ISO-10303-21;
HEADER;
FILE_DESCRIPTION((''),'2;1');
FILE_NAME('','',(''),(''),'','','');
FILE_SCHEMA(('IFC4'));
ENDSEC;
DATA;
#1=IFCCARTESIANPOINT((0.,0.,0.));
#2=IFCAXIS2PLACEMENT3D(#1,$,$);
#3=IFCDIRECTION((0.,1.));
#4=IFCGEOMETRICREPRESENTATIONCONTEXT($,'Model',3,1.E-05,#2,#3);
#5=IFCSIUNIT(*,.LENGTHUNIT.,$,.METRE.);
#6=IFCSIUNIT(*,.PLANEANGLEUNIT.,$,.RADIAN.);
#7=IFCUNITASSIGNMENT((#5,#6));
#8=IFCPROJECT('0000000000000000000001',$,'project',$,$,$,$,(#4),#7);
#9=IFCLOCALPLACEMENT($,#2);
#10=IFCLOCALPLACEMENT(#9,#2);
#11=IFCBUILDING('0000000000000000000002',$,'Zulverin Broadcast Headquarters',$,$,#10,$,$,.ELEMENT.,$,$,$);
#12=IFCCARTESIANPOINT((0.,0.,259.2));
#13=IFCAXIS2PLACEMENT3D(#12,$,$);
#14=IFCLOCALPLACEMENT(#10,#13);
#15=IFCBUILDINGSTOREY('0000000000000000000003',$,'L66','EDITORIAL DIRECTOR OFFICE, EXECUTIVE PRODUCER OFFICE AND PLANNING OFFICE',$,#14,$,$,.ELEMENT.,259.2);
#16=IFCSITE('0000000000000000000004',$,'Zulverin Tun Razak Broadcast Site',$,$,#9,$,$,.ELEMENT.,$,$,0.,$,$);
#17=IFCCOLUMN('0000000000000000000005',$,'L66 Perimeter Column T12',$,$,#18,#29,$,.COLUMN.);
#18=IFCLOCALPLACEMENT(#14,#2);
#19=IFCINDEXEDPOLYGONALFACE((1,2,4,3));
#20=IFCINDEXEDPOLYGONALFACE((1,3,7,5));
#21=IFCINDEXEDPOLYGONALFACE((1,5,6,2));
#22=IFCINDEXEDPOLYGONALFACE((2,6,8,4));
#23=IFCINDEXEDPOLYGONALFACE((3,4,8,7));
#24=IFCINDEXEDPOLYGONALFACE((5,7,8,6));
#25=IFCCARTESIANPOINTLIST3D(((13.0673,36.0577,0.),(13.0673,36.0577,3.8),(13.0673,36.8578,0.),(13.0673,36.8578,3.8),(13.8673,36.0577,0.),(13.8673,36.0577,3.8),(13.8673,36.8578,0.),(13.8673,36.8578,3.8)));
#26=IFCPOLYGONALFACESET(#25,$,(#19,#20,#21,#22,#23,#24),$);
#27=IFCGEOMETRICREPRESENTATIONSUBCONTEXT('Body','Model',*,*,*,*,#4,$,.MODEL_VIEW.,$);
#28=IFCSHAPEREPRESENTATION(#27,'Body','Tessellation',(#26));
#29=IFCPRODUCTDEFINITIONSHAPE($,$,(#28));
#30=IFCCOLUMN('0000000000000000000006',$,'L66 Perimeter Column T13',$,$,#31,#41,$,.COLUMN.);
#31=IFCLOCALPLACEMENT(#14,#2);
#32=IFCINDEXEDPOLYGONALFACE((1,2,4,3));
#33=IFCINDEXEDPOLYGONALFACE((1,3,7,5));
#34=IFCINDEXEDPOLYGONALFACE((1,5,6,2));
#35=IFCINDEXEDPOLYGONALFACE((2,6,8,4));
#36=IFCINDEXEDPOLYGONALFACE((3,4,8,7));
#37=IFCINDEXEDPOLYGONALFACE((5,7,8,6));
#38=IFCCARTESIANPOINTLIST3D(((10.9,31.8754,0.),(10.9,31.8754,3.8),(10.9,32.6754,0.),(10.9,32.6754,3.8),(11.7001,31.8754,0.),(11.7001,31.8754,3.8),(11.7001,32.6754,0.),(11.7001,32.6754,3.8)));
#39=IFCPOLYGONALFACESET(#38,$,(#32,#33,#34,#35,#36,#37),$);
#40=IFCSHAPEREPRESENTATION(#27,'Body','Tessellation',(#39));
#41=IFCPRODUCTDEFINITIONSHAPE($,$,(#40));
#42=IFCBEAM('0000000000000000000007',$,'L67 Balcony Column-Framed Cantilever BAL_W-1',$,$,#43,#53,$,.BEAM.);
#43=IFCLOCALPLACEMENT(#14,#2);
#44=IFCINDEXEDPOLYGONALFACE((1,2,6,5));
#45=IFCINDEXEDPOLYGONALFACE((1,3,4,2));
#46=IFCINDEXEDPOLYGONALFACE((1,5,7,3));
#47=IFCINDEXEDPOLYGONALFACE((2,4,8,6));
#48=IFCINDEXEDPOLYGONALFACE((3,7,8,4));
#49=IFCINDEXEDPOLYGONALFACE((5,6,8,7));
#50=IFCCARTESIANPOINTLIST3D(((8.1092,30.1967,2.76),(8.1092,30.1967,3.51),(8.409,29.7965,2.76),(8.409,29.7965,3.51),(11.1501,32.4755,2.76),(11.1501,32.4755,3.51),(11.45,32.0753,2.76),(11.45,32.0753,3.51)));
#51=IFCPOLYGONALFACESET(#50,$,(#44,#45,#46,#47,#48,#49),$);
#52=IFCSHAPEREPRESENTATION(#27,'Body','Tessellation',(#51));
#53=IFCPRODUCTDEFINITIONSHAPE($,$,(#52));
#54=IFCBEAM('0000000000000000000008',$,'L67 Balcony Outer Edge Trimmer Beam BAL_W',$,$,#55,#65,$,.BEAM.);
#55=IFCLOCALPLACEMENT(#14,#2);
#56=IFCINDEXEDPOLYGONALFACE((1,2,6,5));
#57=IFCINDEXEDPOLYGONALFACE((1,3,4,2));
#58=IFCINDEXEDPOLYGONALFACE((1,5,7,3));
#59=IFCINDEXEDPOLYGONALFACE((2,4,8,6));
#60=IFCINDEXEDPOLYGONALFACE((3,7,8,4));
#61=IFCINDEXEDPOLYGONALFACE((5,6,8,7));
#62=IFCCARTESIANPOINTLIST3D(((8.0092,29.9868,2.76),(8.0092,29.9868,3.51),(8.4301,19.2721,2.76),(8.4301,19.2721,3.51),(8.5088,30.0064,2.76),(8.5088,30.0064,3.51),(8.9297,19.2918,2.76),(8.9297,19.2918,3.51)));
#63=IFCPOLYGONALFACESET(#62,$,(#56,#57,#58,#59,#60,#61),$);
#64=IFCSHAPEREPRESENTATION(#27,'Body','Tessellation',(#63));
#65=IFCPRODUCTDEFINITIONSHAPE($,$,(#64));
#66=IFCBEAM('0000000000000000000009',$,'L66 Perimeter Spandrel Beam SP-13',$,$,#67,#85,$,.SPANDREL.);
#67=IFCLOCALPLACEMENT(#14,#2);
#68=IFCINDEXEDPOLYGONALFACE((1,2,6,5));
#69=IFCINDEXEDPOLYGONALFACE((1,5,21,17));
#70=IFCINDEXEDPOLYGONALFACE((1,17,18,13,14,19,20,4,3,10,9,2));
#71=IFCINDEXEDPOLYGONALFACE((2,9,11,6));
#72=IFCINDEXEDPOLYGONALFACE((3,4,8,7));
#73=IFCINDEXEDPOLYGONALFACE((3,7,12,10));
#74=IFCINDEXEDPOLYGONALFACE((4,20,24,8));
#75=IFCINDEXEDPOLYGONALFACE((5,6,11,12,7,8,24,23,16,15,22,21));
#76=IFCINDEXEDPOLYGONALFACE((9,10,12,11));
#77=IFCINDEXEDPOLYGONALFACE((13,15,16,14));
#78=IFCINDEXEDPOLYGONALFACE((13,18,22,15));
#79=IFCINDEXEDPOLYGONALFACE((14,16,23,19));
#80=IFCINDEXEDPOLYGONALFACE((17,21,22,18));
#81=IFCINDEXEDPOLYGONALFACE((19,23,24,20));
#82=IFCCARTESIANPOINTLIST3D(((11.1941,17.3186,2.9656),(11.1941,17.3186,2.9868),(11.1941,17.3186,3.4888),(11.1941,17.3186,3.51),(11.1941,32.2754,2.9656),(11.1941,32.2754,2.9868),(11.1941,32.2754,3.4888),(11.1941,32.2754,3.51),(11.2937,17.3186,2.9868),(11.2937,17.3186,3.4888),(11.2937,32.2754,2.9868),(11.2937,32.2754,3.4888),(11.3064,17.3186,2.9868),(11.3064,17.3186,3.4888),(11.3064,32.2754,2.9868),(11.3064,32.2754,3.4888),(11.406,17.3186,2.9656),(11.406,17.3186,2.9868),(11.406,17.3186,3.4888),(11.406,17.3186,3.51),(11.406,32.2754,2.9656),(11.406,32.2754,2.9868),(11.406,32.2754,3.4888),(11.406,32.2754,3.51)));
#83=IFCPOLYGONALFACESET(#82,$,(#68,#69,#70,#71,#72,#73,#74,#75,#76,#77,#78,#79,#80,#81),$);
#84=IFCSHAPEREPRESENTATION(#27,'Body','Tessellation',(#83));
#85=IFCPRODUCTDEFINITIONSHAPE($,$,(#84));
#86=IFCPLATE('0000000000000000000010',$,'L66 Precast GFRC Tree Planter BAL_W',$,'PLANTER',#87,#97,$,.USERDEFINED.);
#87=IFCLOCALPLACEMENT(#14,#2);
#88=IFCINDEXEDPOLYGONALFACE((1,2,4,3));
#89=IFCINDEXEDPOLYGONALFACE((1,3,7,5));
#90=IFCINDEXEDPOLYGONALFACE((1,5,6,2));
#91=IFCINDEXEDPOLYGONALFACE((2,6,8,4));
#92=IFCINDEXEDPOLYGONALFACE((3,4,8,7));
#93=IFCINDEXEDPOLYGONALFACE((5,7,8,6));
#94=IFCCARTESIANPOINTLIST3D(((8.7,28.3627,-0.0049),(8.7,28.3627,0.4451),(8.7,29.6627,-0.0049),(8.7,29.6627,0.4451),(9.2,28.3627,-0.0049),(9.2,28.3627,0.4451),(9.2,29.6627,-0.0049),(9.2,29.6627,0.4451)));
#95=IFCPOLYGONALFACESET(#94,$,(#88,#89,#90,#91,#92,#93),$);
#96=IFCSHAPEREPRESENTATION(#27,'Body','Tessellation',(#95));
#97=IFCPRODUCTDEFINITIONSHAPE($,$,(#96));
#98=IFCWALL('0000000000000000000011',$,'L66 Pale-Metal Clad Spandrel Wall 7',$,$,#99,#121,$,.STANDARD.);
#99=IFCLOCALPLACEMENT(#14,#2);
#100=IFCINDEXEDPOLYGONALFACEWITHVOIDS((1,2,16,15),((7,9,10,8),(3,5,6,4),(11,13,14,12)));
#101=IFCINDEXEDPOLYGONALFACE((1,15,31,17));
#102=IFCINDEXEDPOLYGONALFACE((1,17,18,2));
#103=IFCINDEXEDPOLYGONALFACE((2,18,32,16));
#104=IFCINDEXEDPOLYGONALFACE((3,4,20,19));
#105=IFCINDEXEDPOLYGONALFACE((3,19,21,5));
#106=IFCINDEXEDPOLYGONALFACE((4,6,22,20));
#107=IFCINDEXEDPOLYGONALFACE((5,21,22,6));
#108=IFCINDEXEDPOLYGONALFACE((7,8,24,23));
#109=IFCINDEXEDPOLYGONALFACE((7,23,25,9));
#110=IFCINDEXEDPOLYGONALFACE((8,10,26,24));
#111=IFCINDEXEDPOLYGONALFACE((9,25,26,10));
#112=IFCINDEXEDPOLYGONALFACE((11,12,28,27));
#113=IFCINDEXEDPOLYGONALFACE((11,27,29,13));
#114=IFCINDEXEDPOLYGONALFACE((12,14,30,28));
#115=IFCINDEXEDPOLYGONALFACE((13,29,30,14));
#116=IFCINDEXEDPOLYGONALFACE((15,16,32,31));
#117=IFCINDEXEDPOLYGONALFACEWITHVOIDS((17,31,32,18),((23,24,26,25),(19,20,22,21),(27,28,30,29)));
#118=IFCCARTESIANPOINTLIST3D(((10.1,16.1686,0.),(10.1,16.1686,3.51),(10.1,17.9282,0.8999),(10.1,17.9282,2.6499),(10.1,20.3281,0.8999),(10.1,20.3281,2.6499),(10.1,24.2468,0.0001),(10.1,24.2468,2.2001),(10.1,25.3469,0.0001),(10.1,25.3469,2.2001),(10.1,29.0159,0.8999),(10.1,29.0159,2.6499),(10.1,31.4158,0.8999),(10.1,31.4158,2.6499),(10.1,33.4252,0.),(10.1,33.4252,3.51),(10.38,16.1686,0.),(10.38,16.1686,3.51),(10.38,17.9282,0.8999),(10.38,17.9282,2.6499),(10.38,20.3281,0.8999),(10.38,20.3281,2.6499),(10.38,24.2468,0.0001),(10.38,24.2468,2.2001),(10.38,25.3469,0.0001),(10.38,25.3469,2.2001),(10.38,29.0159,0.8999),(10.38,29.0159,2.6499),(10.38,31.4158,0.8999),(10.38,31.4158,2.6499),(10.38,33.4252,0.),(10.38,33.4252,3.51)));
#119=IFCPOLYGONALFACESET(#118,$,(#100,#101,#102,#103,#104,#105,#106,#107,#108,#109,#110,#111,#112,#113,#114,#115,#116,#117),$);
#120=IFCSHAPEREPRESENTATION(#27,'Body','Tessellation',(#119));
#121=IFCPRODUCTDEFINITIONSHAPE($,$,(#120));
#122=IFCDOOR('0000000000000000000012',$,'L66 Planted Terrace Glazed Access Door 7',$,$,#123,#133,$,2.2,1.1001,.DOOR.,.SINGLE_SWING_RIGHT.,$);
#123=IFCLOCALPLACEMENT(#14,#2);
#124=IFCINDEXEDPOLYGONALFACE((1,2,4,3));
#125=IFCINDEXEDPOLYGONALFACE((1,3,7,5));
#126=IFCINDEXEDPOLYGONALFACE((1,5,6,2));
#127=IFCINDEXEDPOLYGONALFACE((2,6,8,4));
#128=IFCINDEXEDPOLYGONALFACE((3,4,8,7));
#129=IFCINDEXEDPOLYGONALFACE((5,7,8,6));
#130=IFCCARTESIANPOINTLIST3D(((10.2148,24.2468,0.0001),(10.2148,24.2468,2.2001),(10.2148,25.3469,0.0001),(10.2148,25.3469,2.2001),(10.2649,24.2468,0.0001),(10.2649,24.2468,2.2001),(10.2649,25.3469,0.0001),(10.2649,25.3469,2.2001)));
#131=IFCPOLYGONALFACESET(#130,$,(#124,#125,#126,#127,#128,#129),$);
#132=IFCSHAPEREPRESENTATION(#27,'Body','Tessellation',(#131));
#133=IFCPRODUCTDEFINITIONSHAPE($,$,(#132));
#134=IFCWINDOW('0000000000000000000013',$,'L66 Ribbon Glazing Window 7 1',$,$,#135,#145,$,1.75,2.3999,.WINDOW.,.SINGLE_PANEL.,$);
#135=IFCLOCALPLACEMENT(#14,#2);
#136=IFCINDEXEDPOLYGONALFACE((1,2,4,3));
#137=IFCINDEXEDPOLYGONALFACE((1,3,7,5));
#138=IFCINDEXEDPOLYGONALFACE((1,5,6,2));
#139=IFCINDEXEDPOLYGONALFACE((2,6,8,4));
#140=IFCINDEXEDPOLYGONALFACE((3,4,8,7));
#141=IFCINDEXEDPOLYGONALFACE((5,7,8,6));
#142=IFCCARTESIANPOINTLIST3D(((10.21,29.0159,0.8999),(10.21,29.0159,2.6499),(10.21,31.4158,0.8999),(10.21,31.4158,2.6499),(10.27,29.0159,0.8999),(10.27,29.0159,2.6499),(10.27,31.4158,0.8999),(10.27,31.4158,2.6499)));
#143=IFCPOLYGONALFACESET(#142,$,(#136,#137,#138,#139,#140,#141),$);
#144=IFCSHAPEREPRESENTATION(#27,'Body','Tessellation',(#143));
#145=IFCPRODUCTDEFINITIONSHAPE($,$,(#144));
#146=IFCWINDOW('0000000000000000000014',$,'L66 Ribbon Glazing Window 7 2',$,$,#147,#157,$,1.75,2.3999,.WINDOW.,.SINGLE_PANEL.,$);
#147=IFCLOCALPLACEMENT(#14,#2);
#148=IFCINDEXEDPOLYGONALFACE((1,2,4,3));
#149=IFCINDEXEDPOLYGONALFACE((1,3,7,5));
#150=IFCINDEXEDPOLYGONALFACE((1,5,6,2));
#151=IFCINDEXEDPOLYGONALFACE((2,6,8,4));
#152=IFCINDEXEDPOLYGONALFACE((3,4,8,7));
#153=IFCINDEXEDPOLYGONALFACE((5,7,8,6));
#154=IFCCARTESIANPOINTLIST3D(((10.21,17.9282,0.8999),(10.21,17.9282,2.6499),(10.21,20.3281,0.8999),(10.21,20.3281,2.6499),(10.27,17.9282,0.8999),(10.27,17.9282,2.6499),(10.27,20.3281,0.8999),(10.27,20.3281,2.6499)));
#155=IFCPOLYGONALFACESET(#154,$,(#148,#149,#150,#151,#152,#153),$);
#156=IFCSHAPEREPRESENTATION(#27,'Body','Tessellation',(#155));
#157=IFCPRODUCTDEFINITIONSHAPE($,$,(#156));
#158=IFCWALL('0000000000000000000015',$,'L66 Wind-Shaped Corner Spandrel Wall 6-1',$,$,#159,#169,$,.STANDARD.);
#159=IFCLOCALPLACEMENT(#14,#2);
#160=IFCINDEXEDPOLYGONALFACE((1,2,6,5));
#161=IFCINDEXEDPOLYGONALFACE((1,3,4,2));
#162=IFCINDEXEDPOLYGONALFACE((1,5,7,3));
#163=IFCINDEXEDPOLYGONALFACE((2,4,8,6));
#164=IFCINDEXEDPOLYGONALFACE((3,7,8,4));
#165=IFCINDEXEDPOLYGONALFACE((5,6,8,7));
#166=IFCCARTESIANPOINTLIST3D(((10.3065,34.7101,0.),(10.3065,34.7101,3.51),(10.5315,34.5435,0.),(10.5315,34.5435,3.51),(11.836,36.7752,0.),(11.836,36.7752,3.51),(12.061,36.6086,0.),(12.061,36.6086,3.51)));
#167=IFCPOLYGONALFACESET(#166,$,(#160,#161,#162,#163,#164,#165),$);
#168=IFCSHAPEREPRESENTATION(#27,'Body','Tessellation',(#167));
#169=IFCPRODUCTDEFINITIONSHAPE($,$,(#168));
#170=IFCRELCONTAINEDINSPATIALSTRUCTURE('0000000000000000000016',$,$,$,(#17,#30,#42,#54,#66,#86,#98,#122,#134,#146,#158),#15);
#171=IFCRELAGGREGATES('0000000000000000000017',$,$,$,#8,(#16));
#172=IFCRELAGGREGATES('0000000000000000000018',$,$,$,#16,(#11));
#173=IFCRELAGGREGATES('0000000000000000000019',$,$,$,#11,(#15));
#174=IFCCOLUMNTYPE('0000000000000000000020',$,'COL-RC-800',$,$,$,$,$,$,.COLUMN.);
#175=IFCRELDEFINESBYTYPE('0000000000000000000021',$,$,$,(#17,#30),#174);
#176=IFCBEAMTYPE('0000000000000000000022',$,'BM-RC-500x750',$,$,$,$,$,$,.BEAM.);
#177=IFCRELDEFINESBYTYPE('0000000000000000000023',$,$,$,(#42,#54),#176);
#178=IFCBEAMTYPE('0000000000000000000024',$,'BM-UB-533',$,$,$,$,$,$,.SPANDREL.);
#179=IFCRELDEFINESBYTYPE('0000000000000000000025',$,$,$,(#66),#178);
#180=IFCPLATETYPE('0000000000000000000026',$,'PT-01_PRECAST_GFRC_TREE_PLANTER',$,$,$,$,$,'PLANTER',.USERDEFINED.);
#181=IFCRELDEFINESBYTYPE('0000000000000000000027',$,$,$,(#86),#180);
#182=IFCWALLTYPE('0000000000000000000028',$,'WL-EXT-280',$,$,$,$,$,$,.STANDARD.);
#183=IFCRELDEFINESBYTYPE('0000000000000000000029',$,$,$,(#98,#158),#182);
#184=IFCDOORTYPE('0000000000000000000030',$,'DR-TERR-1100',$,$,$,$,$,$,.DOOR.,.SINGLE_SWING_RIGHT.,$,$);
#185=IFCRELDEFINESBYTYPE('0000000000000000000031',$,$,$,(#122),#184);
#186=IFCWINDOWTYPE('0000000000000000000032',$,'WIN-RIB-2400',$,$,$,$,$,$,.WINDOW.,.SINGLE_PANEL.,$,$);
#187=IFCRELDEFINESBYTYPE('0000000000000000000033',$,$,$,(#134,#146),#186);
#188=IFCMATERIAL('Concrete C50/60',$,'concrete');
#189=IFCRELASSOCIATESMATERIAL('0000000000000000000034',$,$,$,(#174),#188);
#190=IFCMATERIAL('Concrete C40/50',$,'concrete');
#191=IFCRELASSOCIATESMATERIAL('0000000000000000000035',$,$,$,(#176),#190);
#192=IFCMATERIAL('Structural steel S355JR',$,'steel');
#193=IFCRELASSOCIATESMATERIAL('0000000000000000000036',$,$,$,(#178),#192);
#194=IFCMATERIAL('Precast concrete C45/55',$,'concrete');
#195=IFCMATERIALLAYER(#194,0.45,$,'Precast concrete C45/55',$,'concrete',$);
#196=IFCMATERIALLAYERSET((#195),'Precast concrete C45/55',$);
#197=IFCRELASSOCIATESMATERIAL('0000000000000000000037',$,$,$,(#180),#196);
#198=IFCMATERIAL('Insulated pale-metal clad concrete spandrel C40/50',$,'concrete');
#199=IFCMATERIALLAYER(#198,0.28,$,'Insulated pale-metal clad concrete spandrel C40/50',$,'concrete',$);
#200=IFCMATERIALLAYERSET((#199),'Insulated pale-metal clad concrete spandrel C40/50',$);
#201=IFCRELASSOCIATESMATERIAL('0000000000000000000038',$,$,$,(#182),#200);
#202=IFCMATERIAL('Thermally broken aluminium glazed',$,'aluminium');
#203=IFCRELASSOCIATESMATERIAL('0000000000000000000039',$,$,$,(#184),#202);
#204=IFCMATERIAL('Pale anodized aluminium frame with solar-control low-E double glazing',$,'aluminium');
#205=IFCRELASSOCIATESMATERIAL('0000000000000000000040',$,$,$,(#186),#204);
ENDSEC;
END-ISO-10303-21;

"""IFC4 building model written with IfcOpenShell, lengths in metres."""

from ifc_helpers import new_model, si_unit, direction, frame, frame_2d, origin, origin_2d, place, context, subcontext, project, spatial, rectangle, i_section, extrude, material, layer, layer_set, material_profile, profile_set, type_object, element, fill, save


model = new_model("IFC4")

# Units and contexts
model_context = context("Model", 3, precision=1e-05, world=origin(), true_north=direction((0.0, 1.0)))
body_context = subcontext(model_context, "Body", "Model", "MODEL_VIEW")
ifc_project = project(units=[si_unit("LENGTHUNIT", "METRE"), si_unit("PLANEANGLEUNIT", "RADIAN")], contexts=[model_context])

# Site, building, storey
site_placement = place(None, origin())
site = spatial("IfcSite", under=ifc_project, at=site_placement, Name="Zulverin Tun Razak Broadcast Site", CompositionType="ELEMENT", RefElevation=0.0)
building_placement = place(site_placement, origin())
building = spatial("IfcBuilding", under=site, at=building_placement, Name="Zulverin Broadcast Headquarters", CompositionType="ELEMENT")
storey_placement = place(building_placement, frame((0.0, 0.0, 259.2)))
storey = spatial("IfcBuildingStorey", under=building, at=storey_placement, Name="L66", Description="EDITORIAL DIRECTOR OFFICE, EXECUTIVE PRODUCER OFFICE AND PLANNING OFFICE", CompositionType="ELEMENT", Elevation=259.2)

# Columns
ifc_material_1 = material(Name="Concrete C50/60", Category="concrete")
ifc_material_profile_1 = material_profile(ifc_material_1, rectangle(XDim=0.8, YDim=0.8, at=origin_2d()), Name="Concrete C50/60", Category="concrete")
ifc_profile_set_1 = profile_set([ifc_material_profile_1], Name="Concrete C50/60")
column_type = type_object("IfcColumnType", Name="COL-RC-800", PredefinedType="COLUMN", material=ifc_profile_set_1)
for number, where, z_axis, x_axis, name in (
    (1, (13.4673, 36.4578, 0.0), (0.0, 0.0, 1.0), (1.0, 0.0, 0.0), "L66 Perimeter Column T12"),
    (2, (11.3, 32.2754, 0.0), (0.0, 0.0, 1.0), (1.0, 0.0, 0.0), "L66 Perimeter Column T13"),
):
    element("IfcColumn", number, at=place(storey_placement, frame(where, z_axis=z_axis, x_axis=x_axis)), inside=storey, type_object=column_type, Name=name, PredefinedType="COLUMN", context=body_context, shape_type="SweptSolid", body=[
        extrude(rectangle(XDim=0.8, YDim=0.8, at=origin_2d()), origin(), (0.0, 0.0, 1.0), 3.8),
    ])

# Beams
ifc_material_2 = material(Name="Concrete C40/50", Category="concrete")
ifc_material_profile_2 = material_profile(ifc_material_2, rectangle(XDim=0.5, YDim=0.75, at=origin_2d()), Name="Concrete C40/50", Category="concrete")
ifc_profile_set_2 = profile_set([ifc_material_profile_2], Name="Concrete C40/50")
beam_type_1 = type_object("IfcBeamType", Name="BM-RC-500x750", PredefinedType="BEAM", material=ifc_profile_set_2)
beam_1_placement = place(storey_placement, frame((11.3, 32.2754, 3.135), z_axis=(-0.800247, -0.599671, 0.0), x_axis=(0.599671, -0.800247, 0.0)))
element("IfcBeam", 3, at=beam_1_placement, inside=storey, type_object=beam_type_1, Name="L67 Balcony Column-Framed Cantilever BAL_W-1", PredefinedType="BEAM", context=body_context, shape_type="SweptSolid", body=[
    extrude(rectangle(XDim=0.5, YDim=0.75, at=origin_2d()), origin(), (0.0, 0.0, 1.0), 3.8),
])
beam_2_placement = place(storey_placement, frame((8.259, 29.9966, 3.135), z_axis=(0.039252, -0.999229, 0.0), x_axis=(0.999229, 0.039252, 0.0)))
element("IfcBeam", 4, at=beam_2_placement, inside=storey, type_object=beam_type_1, Name="L67 Balcony Outer Edge Trimmer Beam BAL_W", PredefinedType="BEAM", context=body_context, shape_type="SweptSolid", body=[
    extrude(rectangle(XDim=0.5, YDim=0.75, at=origin_2d()), origin(), (0.0, 0.0, 1.0), 10.7229),
])
ifc_material_3 = material(Name="Structural steel S355JR", Category="steel")
ifc_material_profile_3 = material_profile(ifc_material_3, i_section(OverallWidth=0.2119, OverallDepth=0.5444, WebThickness=0.0127, FlangeThickness=0.0212, at=origin_2d()), Name="Structural steel S355JR", Category="steel")
ifc_profile_set_3 = profile_set([ifc_material_profile_3], Name="Structural steel S355JR")
beam_type_2 = type_object("IfcBeamType", Name="BM-UB-533", PredefinedType="SPANDREL", material=ifc_profile_set_3)
beam_3_placement = place(storey_placement, frame((11.3, 32.2754, 3.2378), z_axis=(0.0, -1.0, 0.0), x_axis=(1.0, 0.0, 0.0)))
element("IfcBeam", 5, at=beam_3_placement, inside=storey, type_object=beam_type_2, Name="L66 Perimeter Spandrel Beam SP-13", PredefinedType="SPANDREL", context=body_context, shape_type="SweptSolid", body=[
    extrude(i_section(OverallWidth=0.2119, OverallDepth=0.5444, WebThickness=0.0127, FlangeThickness=0.0212, at=origin_2d()), origin(), (0.0, 0.0, 1.0), 14.9568),
])

# Plate
ifc_material_4 = material(Name="Precast concrete C45/55", Category="concrete")
ifc_layer_1 = layer(ifc_material_4, 0.45, Name="Precast concrete C45/55", Category="concrete")
ifc_layer_set_1 = layer_set([ifc_layer_1], Name="Precast concrete C45/55")
plate_type = type_object("IfcPlateType", Name="PT-01_PRECAST_GFRC_TREE_PLANTER", ElementType="PLANTER", PredefinedType="USERDEFINED", material=ifc_layer_set_1)
plate_placement = place(storey_placement, frame((8.95, 29.0127, -0.0049), z_axis=(0.0, 0.0, 1.0), x_axis=(0.0, 1.0, 0.0)))
element("IfcPlate", 6, at=plate_placement, inside=storey, type_object=plate_type, Name="L66 Precast GFRC Tree Planter BAL_W", ObjectType="PLANTER", PredefinedType="USERDEFINED", context=body_context, shape_type="SweptSolid", body=[
    extrude(rectangle(XDim=1.3, YDim=0.5, at=origin_2d()), origin(), (0.0, 0.0, 1.0), 0.45),
])

# Wall, openings, door, windows
ifc_material_5 = material(Name="Insulated pale-metal clad concrete spandrel C40/50", Category="concrete")
ifc_layer_2 = layer(ifc_material_5, 0.28, Name="Insulated pale-metal clad concrete spandrel C40/50", Category="concrete")
ifc_layer_set_2 = layer_set([ifc_layer_2], Name="Insulated pale-metal clad concrete spandrel C40/50")
wall_type_1 = type_object("IfcWallType", Name="WL-EXT-280", PredefinedType="STANDARD", material=ifc_layer_set_2)
wall_1_placement = place(storey_placement, frame((10.24, 33.4253, 0.0), z_axis=(0.0, 0.0, 1.0), x_axis=(0.0, -1.0, 0.0)))
wall_1 = element("IfcWall", 7, at=wall_1_placement, inside=storey, type_object=wall_type_1, Name="L66 Pale-Metal Clad Spandrel Wall 7", PredefinedType="STANDARD", context=body_context, shape_type="SweptSolid", body=[
    extrude(rectangle(XDim=17.2566, YDim=0.28, at=frame_2d((8.6284, 0.0))), origin(), (0.0, 0.0, 1.0), 3.51),
])
opening_1_placement = place(wall_1_placement, frame((8.0784, 0.0, 0.0)))
opening_1 = element("IfcOpeningElement", 8, at=opening_1_placement, cuts=wall_1, PredefinedType="OPENING", context=body_context, shape_type="SweptSolid", body=[
    extrude(rectangle(XDim=1.1001, YDim=2.2, at=frame_2d((0.55, 1.1001))), frame((0.0, 0.1499, 0.0), z_axis=(0.0, -1.0, 0.0), x_axis=(1.0, 0.0, 0.0)), (0.0, 0.0, 1.0), 0.3),
])
opening_2_placement = place(wall_1_placement, frame((2.0095, 0.0, 0.8999)))
opening_2 = element("IfcOpeningElement", 9, at=opening_2_placement, cuts=wall_1, PredefinedType="OPENING", context=body_context, shape_type="SweptSolid", body=[
    extrude(rectangle(XDim=2.3999, YDim=1.75, at=frame_2d((1.2, 0.875))), frame((0.0, 0.1499, 0.0), z_axis=(0.0, -1.0, 0.0), x_axis=(1.0, 0.0, 0.0)), (0.0, 0.0, 1.0), 0.3),
])
opening_3_placement = place(wall_1_placement, frame((13.0972, 0.0, 0.8999)))
opening_3 = element("IfcOpeningElement", 10, at=opening_3_placement, cuts=wall_1, PredefinedType="OPENING", context=body_context, shape_type="SweptSolid", body=[
    extrude(rectangle(XDim=2.3999, YDim=1.75, at=frame_2d((1.2, 0.875))), frame((0.0, 0.1499, 0.0), z_axis=(0.0, -1.0, 0.0), x_axis=(1.0, 0.0, 0.0)), (0.0, 0.0, 1.0), 0.3),
])
ifc_material_6 = material(Name="Thermally broken aluminium glazed", Category="aluminium")
door_type = type_object("IfcDoorType", Name="DR-TERR-1100", OperationType="SINGLE_SWING_RIGHT", PredefinedType="DOOR", material=ifc_material_6)
door_placement = place(opening_1_placement, origin())
door = element("IfcDoor", 11, at=door_placement, inside=storey, type_object=door_type, Name="L66 Planted Terrace Glazed Access Door 7", OperationType="SINGLE_SWING_RIGHT", OverallHeight=2.2, OverallWidth=1.1001, PredefinedType="DOOR", context=body_context, shape_type="SweptSolid", body=[
    extrude(rectangle(XDim=1.1001, YDim=2.2, at=frame_2d((0.55, 1.1001))), frame((0.0, 0.0249, 0.0), z_axis=(0.0, -1.0, 0.0), x_axis=(1.0, 0.0, 0.0)), (0.0, 0.0, 1.0), 0.05),
])
fill(opening_1, door)
ifc_material_7 = material(Name="Pale anodized aluminium frame with solar-control low-E double glazing", Category="aluminium")
window_type = type_object("IfcWindowType", Name="WIN-RIB-2400", PartitioningType="SINGLE_PANEL", PredefinedType="WINDOW", material=ifc_material_7)
window_1_placement = place(opening_2_placement, origin())
window_1 = element("IfcWindow", 12, at=window_1_placement, inside=storey, type_object=window_type, Name="L66 Ribbon Glazing Window 7 1", OverallHeight=1.75, OverallWidth=2.3999, PartitioningType="SINGLE_PANEL", PredefinedType="WINDOW", context=body_context, shape_type="SweptSolid", body=[
    extrude(rectangle(XDim=2.3999, YDim=1.75, at=frame_2d((1.2, 0.875))), frame((0.0, 0.03, 0.0), z_axis=(0.0, -1.0, 0.0), x_axis=(1.0, 0.0, 0.0)), (0.0, 0.0, 1.0), 0.0601),
])
fill(opening_2, window_1)
window_2_placement = place(opening_3_placement, origin())
window_2 = element("IfcWindow", 13, at=window_2_placement, inside=storey, type_object=window_type, Name="L66 Ribbon Glazing Window 7 2", OverallHeight=1.75, OverallWidth=2.3999, PartitioningType="SINGLE_PANEL", PredefinedType="WINDOW", context=body_context, shape_type="SweptSolid", body=[
    extrude(rectangle(XDim=2.3999, YDim=1.75, at=frame_2d((1.2, 0.875))), frame((0.0, 0.03, 0.0), z_axis=(0.0, -1.0, 0.0), x_axis=(1.0, 0.0, 0.0)), (0.0, 0.0, 1.0), 0.0601),
])
fill(opening_3, window_2)

# Wall
wall_2_placement = place(storey_placement, frame((11.9485, 36.6919, 0.0), z_axis=(0.0, 0.0, 1.0), x_axis=(-0.595171, -0.803599, 0.0)))
element("IfcWall", 14, at=wall_2_placement, inside=storey, type_object=wall_type_1, Name="L66 Wind-Shaped Corner Spandrel Wall 6-1", PredefinedType="STANDARD", context=body_context, shape_type="SweptSolid", body=[
    extrude(rectangle(XDim=2.5698, YDim=0.28, at=frame_2d((1.2849, 0.0))), origin(), (0.0, 0.0, 1.0), 3.51),
])

save(model, "model.ifc")
